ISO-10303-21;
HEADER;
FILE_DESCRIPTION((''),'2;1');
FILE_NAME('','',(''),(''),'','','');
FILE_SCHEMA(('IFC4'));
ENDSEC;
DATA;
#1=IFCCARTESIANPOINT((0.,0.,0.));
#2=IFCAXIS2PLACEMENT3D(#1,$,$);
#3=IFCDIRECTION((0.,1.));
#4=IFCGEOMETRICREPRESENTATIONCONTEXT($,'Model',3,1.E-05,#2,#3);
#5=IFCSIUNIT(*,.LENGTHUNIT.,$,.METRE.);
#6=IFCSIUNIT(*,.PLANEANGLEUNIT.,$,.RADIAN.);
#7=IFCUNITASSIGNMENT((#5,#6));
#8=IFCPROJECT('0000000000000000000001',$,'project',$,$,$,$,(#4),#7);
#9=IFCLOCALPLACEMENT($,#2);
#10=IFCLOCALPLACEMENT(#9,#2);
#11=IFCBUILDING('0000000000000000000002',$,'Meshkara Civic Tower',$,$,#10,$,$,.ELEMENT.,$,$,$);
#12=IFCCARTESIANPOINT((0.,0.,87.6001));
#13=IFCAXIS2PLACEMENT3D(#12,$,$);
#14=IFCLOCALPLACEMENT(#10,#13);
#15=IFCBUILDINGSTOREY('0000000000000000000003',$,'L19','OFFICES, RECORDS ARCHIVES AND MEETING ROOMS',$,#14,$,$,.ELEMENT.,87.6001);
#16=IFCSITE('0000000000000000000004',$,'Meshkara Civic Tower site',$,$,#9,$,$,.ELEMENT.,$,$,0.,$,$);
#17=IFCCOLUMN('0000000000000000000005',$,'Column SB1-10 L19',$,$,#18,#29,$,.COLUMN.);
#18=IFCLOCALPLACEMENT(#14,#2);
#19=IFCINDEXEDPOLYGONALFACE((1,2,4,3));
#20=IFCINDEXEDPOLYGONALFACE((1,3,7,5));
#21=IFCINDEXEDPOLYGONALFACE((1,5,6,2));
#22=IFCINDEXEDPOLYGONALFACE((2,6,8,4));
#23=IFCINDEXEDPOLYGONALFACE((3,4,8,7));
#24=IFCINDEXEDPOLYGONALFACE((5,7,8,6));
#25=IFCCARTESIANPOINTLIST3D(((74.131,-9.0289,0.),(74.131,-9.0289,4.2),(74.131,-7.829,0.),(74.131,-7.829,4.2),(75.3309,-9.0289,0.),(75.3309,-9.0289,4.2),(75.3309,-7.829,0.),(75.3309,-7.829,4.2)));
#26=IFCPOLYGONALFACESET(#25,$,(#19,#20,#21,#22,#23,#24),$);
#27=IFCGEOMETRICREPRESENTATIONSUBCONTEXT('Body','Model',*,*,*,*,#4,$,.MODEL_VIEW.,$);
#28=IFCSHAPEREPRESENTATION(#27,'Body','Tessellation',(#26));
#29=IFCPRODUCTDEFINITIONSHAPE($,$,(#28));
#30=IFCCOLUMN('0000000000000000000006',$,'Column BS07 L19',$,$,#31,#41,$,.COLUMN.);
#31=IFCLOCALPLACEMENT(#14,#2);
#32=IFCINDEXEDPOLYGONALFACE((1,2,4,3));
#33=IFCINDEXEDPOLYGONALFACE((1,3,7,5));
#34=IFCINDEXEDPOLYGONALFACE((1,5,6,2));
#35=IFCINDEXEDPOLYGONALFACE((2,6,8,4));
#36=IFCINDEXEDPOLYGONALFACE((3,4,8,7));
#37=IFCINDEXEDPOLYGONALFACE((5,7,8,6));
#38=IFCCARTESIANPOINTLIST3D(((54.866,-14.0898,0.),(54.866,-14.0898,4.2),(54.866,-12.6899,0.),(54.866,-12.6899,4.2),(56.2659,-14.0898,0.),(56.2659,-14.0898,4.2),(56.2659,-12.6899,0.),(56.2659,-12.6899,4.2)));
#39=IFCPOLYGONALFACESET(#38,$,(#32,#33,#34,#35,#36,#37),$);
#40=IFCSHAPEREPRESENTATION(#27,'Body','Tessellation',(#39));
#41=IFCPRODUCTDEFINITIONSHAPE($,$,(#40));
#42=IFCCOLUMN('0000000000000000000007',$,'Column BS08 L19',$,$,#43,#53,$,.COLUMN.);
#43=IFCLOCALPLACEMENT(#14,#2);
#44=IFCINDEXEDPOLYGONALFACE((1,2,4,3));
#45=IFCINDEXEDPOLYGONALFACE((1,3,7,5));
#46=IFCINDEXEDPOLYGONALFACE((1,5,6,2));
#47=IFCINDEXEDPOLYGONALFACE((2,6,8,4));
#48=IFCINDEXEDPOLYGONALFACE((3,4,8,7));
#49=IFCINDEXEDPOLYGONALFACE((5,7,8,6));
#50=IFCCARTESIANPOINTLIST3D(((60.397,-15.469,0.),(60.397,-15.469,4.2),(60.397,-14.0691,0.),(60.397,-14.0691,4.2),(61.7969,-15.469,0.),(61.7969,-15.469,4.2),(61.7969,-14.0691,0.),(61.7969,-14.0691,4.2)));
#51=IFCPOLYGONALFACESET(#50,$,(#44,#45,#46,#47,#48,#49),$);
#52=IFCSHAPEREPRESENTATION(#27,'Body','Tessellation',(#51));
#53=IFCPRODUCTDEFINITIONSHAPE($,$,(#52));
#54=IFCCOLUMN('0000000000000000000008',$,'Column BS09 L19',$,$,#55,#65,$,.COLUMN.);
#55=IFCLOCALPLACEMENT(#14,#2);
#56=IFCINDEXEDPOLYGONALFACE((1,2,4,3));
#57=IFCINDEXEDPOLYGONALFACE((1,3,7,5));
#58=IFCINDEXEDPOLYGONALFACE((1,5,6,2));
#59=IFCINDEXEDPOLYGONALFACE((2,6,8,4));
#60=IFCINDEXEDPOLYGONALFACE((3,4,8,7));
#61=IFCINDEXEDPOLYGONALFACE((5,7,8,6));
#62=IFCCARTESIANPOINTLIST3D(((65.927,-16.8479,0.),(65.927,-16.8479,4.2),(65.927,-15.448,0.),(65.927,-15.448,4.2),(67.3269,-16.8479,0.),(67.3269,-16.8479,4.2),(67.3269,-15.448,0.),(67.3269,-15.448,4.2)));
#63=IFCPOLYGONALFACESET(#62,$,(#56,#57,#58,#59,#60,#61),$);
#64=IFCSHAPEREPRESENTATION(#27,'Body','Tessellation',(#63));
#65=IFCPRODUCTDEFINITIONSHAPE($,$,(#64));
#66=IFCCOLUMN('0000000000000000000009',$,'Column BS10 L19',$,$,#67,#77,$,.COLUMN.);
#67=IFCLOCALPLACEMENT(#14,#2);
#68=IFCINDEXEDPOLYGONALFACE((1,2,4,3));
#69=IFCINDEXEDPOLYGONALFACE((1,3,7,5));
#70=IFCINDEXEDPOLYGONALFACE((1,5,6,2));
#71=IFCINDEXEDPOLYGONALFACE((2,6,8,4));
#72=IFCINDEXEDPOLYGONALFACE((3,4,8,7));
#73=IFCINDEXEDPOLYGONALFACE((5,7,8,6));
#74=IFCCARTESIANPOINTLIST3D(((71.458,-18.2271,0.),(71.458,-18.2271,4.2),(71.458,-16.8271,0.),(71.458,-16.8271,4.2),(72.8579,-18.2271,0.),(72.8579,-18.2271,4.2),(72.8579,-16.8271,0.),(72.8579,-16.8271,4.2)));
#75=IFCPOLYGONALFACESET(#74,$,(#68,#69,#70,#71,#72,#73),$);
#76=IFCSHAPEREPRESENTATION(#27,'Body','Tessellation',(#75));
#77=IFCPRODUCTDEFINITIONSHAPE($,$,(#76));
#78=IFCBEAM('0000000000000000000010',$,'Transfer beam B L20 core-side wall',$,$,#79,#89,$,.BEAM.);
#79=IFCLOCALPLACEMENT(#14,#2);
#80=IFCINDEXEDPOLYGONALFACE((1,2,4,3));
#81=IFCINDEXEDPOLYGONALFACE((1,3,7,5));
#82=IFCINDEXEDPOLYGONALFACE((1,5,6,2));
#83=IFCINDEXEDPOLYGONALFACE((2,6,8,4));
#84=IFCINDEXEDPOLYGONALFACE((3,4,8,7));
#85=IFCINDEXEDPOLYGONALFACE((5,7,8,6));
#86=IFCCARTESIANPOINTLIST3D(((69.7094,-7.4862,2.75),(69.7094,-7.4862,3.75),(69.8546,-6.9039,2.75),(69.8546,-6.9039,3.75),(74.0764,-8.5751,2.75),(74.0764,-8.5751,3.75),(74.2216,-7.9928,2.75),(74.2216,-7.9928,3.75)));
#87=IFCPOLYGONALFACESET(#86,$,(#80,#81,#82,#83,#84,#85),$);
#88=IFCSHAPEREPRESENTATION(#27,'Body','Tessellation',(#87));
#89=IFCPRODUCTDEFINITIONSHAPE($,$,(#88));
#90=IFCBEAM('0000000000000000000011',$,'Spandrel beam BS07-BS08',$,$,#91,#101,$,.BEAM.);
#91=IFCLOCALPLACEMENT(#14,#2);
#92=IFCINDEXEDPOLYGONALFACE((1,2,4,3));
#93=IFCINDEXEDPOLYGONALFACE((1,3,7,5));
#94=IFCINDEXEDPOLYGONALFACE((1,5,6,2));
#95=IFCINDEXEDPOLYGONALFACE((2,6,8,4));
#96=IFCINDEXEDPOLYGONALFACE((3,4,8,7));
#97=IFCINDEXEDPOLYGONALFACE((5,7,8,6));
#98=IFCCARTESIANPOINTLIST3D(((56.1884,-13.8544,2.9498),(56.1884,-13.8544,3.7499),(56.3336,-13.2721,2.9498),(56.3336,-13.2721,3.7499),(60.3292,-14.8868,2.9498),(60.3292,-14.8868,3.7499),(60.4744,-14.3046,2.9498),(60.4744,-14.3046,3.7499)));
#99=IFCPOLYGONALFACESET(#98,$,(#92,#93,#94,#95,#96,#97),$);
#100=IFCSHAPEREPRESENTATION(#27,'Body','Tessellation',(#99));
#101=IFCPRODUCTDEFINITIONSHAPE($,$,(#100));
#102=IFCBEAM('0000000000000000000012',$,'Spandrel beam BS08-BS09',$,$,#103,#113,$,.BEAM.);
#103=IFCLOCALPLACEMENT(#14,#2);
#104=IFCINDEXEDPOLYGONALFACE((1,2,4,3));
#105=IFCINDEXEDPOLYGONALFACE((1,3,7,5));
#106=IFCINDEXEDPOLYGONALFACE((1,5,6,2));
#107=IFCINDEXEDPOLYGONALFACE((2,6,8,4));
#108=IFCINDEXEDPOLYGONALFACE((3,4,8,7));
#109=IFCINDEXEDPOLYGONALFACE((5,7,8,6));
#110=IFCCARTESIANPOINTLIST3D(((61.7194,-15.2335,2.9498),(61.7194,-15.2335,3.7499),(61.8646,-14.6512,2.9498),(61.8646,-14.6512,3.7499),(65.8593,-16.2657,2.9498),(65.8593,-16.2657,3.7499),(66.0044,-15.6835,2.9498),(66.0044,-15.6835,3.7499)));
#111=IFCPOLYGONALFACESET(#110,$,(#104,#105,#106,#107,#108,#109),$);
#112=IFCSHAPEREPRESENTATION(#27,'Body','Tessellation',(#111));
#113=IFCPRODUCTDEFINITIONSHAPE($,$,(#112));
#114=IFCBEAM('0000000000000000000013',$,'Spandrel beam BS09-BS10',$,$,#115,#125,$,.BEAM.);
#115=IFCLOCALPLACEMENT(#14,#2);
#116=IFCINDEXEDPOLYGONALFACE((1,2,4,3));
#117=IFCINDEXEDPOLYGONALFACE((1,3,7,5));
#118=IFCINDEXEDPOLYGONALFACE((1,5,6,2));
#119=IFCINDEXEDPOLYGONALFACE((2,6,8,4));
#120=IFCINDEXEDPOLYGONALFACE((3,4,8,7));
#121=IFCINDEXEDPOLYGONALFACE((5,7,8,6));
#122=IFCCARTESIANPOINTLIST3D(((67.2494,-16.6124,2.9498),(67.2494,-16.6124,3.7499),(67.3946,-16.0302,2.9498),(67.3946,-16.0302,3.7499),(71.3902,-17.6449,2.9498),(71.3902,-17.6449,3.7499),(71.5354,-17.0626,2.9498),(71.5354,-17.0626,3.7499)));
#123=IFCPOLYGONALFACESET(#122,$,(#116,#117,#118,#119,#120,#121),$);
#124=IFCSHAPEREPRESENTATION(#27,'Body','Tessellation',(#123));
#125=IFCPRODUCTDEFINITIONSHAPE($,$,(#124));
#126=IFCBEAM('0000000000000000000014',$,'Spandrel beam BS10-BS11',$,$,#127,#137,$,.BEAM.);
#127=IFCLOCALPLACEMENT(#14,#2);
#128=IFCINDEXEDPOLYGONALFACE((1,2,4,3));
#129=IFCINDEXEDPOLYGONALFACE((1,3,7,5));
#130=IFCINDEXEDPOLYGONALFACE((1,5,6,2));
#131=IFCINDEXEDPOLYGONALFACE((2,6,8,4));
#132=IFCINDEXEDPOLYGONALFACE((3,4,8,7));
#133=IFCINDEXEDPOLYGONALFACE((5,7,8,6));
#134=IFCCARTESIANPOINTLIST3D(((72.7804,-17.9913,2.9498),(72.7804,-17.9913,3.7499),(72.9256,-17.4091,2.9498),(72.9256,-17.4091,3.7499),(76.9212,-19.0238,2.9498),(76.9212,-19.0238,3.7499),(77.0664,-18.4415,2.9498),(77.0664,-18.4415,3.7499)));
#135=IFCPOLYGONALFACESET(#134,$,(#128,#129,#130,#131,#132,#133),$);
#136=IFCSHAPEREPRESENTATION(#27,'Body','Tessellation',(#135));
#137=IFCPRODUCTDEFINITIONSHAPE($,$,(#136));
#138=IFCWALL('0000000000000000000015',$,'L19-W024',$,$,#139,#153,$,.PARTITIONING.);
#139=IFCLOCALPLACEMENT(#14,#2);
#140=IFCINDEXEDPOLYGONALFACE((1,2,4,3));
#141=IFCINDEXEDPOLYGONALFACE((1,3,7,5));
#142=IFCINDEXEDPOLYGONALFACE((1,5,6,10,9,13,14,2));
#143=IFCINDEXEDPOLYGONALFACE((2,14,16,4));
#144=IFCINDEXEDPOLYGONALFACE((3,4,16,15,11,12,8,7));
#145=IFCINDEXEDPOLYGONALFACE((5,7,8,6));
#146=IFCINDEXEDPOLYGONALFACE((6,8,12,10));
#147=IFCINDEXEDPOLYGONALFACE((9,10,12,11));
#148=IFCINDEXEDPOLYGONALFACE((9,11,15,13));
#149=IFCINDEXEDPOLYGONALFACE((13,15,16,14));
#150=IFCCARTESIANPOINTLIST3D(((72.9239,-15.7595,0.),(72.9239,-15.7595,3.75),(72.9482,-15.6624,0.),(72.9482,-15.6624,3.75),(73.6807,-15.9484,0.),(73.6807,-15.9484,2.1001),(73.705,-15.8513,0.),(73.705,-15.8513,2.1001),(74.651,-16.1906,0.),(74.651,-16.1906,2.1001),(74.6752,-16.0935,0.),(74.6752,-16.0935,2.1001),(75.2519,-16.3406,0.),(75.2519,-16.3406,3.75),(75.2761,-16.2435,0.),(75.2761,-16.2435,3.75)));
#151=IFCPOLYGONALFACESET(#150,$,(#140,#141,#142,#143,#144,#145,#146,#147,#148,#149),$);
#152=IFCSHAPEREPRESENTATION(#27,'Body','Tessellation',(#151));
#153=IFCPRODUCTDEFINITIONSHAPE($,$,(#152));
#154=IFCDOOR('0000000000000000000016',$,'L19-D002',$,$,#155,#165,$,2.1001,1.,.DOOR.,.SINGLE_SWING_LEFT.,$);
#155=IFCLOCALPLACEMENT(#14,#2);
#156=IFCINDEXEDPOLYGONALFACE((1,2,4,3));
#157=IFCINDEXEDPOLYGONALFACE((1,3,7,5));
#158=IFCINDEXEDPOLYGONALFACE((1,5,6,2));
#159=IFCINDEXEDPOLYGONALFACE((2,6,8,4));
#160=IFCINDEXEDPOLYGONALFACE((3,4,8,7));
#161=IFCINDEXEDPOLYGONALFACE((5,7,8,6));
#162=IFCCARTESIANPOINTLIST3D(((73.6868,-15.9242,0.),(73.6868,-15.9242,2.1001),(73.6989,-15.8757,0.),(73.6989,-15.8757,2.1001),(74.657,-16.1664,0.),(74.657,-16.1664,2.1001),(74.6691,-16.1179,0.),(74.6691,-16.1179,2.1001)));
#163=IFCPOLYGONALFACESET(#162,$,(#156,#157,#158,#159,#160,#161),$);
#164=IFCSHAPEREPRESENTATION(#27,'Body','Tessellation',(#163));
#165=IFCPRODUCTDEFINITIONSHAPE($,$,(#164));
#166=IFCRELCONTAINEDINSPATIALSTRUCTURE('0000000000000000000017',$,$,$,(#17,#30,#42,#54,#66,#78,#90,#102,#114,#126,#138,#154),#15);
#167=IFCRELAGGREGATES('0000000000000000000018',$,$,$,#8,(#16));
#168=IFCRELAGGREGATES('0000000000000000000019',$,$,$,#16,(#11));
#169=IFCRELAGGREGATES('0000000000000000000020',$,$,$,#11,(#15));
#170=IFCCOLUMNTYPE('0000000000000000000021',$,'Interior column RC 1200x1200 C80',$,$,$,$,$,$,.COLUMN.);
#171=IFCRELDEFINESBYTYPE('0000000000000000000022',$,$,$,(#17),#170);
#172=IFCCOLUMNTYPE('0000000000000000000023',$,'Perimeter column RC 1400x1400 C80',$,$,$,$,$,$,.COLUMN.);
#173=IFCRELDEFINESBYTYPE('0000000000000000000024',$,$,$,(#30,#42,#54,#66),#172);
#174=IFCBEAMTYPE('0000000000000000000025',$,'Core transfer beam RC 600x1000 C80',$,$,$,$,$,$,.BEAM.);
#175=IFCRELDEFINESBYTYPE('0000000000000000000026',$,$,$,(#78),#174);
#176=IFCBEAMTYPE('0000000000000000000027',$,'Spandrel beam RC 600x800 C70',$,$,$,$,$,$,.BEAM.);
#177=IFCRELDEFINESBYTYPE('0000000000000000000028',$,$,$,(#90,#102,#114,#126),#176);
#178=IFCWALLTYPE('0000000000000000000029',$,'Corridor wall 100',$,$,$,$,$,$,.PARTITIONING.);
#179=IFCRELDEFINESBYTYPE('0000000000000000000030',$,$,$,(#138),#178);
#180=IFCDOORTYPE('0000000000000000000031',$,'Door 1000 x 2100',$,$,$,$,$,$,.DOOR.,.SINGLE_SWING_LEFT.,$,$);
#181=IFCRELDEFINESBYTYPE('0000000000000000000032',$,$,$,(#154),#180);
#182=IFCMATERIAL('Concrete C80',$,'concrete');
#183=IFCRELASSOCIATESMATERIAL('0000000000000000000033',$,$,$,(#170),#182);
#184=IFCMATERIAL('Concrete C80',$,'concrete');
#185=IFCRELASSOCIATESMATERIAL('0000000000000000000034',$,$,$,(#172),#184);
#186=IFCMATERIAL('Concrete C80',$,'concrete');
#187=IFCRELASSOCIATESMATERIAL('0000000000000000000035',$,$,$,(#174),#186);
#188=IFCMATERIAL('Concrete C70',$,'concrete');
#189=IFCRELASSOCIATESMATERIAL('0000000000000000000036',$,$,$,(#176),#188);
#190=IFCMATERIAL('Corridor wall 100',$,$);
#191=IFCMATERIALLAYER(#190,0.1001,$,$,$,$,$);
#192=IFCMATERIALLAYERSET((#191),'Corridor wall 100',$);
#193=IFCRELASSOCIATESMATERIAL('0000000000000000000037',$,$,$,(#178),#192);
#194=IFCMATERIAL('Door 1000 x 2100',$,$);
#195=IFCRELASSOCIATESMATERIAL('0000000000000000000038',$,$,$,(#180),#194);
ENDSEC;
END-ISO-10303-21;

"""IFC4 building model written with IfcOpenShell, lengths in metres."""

from ifc_helpers import new_model, si_unit, direction, frame, frame_2d, origin, origin_2d, place, context, subcontext, project, spatial, rectangle, extrude, material, layer, layer_set, material_profile, profile_set, type_object, element, fill, save


model = new_model("IFC4")

# Units and contexts
model_context = context("Model", 3, precision=1e-05, world=origin(), true_north=direction((0.0, 1.0)))
body_context = subcontext(model_context, "Body", "Model", "MODEL_VIEW")
ifc_project = project(units=[si_unit("LENGTHUNIT", "METRE"), si_unit("PLANEANGLEUNIT", "RADIAN")], contexts=[model_context])

# Site, building, storey
site_placement = place(None, origin())
site = spatial("IfcSite", under=ifc_project, at=site_placement, Name="Meshkara Civic Tower site", CompositionType="ELEMENT", RefElevation=0.0)
building_placement = place(site_placement, origin())
building = spatial("IfcBuilding", under=site, at=building_placement, Name="Meshkara Civic Tower", CompositionType="ELEMENT")
storey_placement = place(building_placement, frame((0.0, 0.0, 87.6001)))
storey = spatial("IfcBuildingStorey", under=building, at=storey_placement, Name="L19", Description="OFFICES, RECORDS ARCHIVES AND MEETING ROOMS", CompositionType="ELEMENT", Elevation=87.6001)

# Columns
ifc_material_1 = material(Name="Concrete C80", Category="concrete")
ifc_material_profile_1 = material_profile(ifc_material_1, rectangle(XDim=1.2, YDim=1.2, at=origin_2d()))
ifc_profile_set_1 = profile_set([ifc_material_profile_1], Name="Concrete C80")
column_type_1 = type_object("IfcColumnType", Name="Interior column RC 1200x1200 C80", PredefinedType="COLUMN", material=ifc_profile_set_1)
column_placement = place(storey_placement, frame((74.731, -8.429, 0.0), z_axis=(0.0, 0.0, 1.0), x_axis=(1.0, 0.0, 0.0)))
element("IfcColumn", 1, at=column_placement, inside=storey, type_object=column_type_1, Name="Column SB1-10 L19", PredefinedType="COLUMN", context=body_context, shape_type="SweptSolid", body=[
    extrude(rectangle(XDim=1.2, YDim=1.2, at=origin_2d()), origin(), (0.0, 0.0, 1.0), 4.2),
])
ifc_material_2 = material(Name="Concrete C80", Category="concrete")
ifc_material_profile_2 = material_profile(ifc_material_2, rectangle(XDim=1.3999, YDim=1.3999, at=origin_2d()))
ifc_profile_set_2 = profile_set([ifc_material_profile_2], Name="Concrete C80")
column_type_2 = type_object("IfcColumnType", Name="Perimeter column RC 1400x1400 C80", PredefinedType="COLUMN", material=ifc_profile_set_2)
for number, where, z_axis, x_axis, name in (
    (2, (55.5659, -13.3899, 0.0), (0.0, 0.0, 1.0), (1.0, 0.0, 0.0), "Column BS07 L19"),
    (3, (61.0969, -14.769, 0.0), (0.0, 0.0, 1.0), (1.0, 0.0, 0.0), "Column BS08 L19"),
    (4, (66.627, -16.1479, 0.0), (0.0, 0.0, 1.0), (1.0, 0.0, 0.0), "Column BS09 L19"),
    (5, (72.158, -17.5271, 0.0), (0.0, 0.0, 1.0), (1.0, 0.0, 0.0), "Column BS10 L19"),
):
    element("IfcColumn", number, at=place(storey_placement, frame(where, z_axis=z_axis, x_axis=x_axis)), inside=storey, type_object=column_type_2, Name=name, PredefinedType="COLUMN", context=body_context, shape_type="SweptSolid", body=[
        extrude(rectangle(XDim=1.3999, YDim=1.3999, at=origin_2d()), origin(), (0.0, 0.0, 1.0), 4.2),
    ])

# Beams
ifc_material_3 = material(Name="Concrete C80", Category="concrete")
ifc_material_profile_3 = material_profile(ifc_material_3, rectangle(XDim=0.6001, YDim=1.0, at=origin_2d()))
ifc_profile_set_3 = profile_set([ifc_material_profile_3], Name="Concrete C80")
beam_type_1 = type_object("IfcBeamType", Name="Core transfer beam RC 600x1000 C80", PredefinedType="BEAM", material=ifc_profile_set_3)
beam_1_placement = place(storey_placement, frame((69.782, -7.1951, 3.25), z_axis=(0.970292, -0.241936, 0.0), x_axis=(0.241936, 0.970292, 0.0)))
element("IfcBeam", 6, at=beam_1_placement, inside=storey, type_object=beam_type_1, Name="Transfer beam B L20 core-side wall", PredefinedType="BEAM", context=body_context, shape_type="SweptSolid", body=[
    extrude(rectangle(XDim=0.6001, YDim=1.0, at=origin_2d()), origin(), (0.0, 0.0, 1.0), 4.5007),
])
ifc_material_4 = material(Name="Concrete C70", Category="concrete")
ifc_material_profile_4 = material_profile(ifc_material_4, rectangle(XDim=0.6001, YDim=0.8, at=origin_2d()))
ifc_profile_set_4 = profile_set([ifc_material_profile_4], Name="Concrete C70")
beam_type_2 = type_object("IfcBeamType", Name="Spandrel beam RC 600x800 C70", PredefinedType="BEAM", material=ifc_profile_set_4)
beam_2_placement = place(storey_placement, frame((56.261, -13.5632, 3.3499), z_axis=(0.970294, -0.24193, 0.0), x_axis=(0.24193, 0.970294, 0.0)))
element("IfcBeam", 7, at=beam_2_placement, inside=storey, type_object=beam_type_2, Name="Spandrel beam BS07-BS08", PredefinedType="BEAM", context=body_context, shape_type="SweptSolid", body=[
    extrude(rectangle(XDim=0.6001, YDim=0.8, at=origin_2d()), origin(), (0.0, 0.0, 1.0), 4.2676),
])
beam_3_placement = place(storey_placement, frame((61.792, -14.9424, 3.3499), z_axis=(0.970294, -0.24193, 0.0), x_axis=(0.24193, 0.970294, 0.0)))
element("IfcBeam", 8, at=beam_3_placement, inside=storey, type_object=beam_type_2, Name="Spandrel beam BS08-BS09", PredefinedType="BEAM", context=body_context, shape_type="SweptSolid", body=[
    extrude(rectangle(XDim=0.6001, YDim=0.8, at=origin_2d()), origin(), (0.0, 0.0, 1.0), 4.2666),
])
for number, where, z_axis, x_axis, name in (
    (9, (67.322, -16.3213, 3.3499), (0.970294, -0.24193, 0.0), (0.24193, 0.970294, 0.0), "Spandrel beam BS09-BS10"),
    (10, (72.853, -17.7002, 3.3499), (0.970294, -0.24193, 0.0), (0.24193, 0.970294, 0.0), "Spandrel beam BS10-BS11"),
):
    element("IfcBeam", number, at=place(storey_placement, frame(where, z_axis=z_axis, x_axis=x_axis)), inside=storey, type_object=beam_type_2, Name=name, PredefinedType="BEAM", context=body_context, shape_type="SweptSolid", body=[
        extrude(rectangle(XDim=0.6001, YDim=0.8, at=origin_2d()), origin(), (0.0, 0.0, 1.0), 4.2676),
    ])

# Wall, opening, door
ifc_material_5 = material(Name="Corridor wall 100")
ifc_layer_1 = layer(ifc_material_5, 0.1001)
ifc_layer_set_1 = layer_set([ifc_layer_1], Name="Corridor wall 100")
wall_type_1 = type_object("IfcWallType", Name="Corridor wall 100", PredefinedType="PARTITIONING", material=ifc_layer_set_1)
wall_1_placement = place(storey_placement, frame((72.936, -15.7109, 0.0), z_axis=(0.0, 0.0, 1.0), x_axis=(0.970232, -0.242176, 0.0)))
wall_1 = element("IfcWall", 11, at=wall_1_placement, inside=storey, type_object=wall_type_1, Name="L19-W024", PredefinedType="PARTITIONING", context=body_context, shape_type="SweptSolid", body=[
    extrude(rectangle(XDim=2.3994, YDim=0.1001, at=frame_2d((1.1997, 0.0))), origin(), (0.0, 0.0, 1.0), 3.75),
])
opening_1_placement = place(wall_1_placement, frame((0.78, 0.0, 0.0)))
opening_1 = element("IfcOpeningElement", 12, at=opening_1_placement, cuts=wall_1, PredefinedType="OPENING", context=body_context, shape_type="SweptSolid", body=[
    extrude(rectangle(XDim=1.0, YDim=2.1001, at=frame_2d((0.5, 1.05))), frame((0.0, 0.0601, 0.0), z_axis=(0.0, -1.0, 0.0), x_axis=(1.0, 0.0, 0.0)), (0.0, 0.0, 1.0), 0.1201),
])
ifc_material_6 = material(Name="Door 1000 x 2100")
door_type_1 = type_object("IfcDoorType", Name="Door 1000 x 2100", OperationType="SINGLE_SWING_LEFT", PredefinedType="DOOR", material=ifc_material_6)
door_1_placement = place(opening_1_placement, origin())
door_1 = element("IfcDoor", 13, at=door_1_placement, inside=storey, type_object=door_type_1, Name="L19-D002", OperationType="SINGLE_SWING_LEFT", OverallHeight=2.1001, OverallWidth=1.0, PredefinedType="DOOR", context=body_context, shape_type="SweptSolid", body=[
    extrude(rectangle(XDim=1.0, YDim=2.1001, at=frame_2d((0.5, 1.05))), frame((0.0, 0.0249, 0.0), z_axis=(0.0, -1.0, 0.0), x_axis=(1.0, 0.0, 0.0)), (0.0, 0.0, 1.0), 0.05),
])
fill(opening_1, door_1)

save(model, "model.ifc")
